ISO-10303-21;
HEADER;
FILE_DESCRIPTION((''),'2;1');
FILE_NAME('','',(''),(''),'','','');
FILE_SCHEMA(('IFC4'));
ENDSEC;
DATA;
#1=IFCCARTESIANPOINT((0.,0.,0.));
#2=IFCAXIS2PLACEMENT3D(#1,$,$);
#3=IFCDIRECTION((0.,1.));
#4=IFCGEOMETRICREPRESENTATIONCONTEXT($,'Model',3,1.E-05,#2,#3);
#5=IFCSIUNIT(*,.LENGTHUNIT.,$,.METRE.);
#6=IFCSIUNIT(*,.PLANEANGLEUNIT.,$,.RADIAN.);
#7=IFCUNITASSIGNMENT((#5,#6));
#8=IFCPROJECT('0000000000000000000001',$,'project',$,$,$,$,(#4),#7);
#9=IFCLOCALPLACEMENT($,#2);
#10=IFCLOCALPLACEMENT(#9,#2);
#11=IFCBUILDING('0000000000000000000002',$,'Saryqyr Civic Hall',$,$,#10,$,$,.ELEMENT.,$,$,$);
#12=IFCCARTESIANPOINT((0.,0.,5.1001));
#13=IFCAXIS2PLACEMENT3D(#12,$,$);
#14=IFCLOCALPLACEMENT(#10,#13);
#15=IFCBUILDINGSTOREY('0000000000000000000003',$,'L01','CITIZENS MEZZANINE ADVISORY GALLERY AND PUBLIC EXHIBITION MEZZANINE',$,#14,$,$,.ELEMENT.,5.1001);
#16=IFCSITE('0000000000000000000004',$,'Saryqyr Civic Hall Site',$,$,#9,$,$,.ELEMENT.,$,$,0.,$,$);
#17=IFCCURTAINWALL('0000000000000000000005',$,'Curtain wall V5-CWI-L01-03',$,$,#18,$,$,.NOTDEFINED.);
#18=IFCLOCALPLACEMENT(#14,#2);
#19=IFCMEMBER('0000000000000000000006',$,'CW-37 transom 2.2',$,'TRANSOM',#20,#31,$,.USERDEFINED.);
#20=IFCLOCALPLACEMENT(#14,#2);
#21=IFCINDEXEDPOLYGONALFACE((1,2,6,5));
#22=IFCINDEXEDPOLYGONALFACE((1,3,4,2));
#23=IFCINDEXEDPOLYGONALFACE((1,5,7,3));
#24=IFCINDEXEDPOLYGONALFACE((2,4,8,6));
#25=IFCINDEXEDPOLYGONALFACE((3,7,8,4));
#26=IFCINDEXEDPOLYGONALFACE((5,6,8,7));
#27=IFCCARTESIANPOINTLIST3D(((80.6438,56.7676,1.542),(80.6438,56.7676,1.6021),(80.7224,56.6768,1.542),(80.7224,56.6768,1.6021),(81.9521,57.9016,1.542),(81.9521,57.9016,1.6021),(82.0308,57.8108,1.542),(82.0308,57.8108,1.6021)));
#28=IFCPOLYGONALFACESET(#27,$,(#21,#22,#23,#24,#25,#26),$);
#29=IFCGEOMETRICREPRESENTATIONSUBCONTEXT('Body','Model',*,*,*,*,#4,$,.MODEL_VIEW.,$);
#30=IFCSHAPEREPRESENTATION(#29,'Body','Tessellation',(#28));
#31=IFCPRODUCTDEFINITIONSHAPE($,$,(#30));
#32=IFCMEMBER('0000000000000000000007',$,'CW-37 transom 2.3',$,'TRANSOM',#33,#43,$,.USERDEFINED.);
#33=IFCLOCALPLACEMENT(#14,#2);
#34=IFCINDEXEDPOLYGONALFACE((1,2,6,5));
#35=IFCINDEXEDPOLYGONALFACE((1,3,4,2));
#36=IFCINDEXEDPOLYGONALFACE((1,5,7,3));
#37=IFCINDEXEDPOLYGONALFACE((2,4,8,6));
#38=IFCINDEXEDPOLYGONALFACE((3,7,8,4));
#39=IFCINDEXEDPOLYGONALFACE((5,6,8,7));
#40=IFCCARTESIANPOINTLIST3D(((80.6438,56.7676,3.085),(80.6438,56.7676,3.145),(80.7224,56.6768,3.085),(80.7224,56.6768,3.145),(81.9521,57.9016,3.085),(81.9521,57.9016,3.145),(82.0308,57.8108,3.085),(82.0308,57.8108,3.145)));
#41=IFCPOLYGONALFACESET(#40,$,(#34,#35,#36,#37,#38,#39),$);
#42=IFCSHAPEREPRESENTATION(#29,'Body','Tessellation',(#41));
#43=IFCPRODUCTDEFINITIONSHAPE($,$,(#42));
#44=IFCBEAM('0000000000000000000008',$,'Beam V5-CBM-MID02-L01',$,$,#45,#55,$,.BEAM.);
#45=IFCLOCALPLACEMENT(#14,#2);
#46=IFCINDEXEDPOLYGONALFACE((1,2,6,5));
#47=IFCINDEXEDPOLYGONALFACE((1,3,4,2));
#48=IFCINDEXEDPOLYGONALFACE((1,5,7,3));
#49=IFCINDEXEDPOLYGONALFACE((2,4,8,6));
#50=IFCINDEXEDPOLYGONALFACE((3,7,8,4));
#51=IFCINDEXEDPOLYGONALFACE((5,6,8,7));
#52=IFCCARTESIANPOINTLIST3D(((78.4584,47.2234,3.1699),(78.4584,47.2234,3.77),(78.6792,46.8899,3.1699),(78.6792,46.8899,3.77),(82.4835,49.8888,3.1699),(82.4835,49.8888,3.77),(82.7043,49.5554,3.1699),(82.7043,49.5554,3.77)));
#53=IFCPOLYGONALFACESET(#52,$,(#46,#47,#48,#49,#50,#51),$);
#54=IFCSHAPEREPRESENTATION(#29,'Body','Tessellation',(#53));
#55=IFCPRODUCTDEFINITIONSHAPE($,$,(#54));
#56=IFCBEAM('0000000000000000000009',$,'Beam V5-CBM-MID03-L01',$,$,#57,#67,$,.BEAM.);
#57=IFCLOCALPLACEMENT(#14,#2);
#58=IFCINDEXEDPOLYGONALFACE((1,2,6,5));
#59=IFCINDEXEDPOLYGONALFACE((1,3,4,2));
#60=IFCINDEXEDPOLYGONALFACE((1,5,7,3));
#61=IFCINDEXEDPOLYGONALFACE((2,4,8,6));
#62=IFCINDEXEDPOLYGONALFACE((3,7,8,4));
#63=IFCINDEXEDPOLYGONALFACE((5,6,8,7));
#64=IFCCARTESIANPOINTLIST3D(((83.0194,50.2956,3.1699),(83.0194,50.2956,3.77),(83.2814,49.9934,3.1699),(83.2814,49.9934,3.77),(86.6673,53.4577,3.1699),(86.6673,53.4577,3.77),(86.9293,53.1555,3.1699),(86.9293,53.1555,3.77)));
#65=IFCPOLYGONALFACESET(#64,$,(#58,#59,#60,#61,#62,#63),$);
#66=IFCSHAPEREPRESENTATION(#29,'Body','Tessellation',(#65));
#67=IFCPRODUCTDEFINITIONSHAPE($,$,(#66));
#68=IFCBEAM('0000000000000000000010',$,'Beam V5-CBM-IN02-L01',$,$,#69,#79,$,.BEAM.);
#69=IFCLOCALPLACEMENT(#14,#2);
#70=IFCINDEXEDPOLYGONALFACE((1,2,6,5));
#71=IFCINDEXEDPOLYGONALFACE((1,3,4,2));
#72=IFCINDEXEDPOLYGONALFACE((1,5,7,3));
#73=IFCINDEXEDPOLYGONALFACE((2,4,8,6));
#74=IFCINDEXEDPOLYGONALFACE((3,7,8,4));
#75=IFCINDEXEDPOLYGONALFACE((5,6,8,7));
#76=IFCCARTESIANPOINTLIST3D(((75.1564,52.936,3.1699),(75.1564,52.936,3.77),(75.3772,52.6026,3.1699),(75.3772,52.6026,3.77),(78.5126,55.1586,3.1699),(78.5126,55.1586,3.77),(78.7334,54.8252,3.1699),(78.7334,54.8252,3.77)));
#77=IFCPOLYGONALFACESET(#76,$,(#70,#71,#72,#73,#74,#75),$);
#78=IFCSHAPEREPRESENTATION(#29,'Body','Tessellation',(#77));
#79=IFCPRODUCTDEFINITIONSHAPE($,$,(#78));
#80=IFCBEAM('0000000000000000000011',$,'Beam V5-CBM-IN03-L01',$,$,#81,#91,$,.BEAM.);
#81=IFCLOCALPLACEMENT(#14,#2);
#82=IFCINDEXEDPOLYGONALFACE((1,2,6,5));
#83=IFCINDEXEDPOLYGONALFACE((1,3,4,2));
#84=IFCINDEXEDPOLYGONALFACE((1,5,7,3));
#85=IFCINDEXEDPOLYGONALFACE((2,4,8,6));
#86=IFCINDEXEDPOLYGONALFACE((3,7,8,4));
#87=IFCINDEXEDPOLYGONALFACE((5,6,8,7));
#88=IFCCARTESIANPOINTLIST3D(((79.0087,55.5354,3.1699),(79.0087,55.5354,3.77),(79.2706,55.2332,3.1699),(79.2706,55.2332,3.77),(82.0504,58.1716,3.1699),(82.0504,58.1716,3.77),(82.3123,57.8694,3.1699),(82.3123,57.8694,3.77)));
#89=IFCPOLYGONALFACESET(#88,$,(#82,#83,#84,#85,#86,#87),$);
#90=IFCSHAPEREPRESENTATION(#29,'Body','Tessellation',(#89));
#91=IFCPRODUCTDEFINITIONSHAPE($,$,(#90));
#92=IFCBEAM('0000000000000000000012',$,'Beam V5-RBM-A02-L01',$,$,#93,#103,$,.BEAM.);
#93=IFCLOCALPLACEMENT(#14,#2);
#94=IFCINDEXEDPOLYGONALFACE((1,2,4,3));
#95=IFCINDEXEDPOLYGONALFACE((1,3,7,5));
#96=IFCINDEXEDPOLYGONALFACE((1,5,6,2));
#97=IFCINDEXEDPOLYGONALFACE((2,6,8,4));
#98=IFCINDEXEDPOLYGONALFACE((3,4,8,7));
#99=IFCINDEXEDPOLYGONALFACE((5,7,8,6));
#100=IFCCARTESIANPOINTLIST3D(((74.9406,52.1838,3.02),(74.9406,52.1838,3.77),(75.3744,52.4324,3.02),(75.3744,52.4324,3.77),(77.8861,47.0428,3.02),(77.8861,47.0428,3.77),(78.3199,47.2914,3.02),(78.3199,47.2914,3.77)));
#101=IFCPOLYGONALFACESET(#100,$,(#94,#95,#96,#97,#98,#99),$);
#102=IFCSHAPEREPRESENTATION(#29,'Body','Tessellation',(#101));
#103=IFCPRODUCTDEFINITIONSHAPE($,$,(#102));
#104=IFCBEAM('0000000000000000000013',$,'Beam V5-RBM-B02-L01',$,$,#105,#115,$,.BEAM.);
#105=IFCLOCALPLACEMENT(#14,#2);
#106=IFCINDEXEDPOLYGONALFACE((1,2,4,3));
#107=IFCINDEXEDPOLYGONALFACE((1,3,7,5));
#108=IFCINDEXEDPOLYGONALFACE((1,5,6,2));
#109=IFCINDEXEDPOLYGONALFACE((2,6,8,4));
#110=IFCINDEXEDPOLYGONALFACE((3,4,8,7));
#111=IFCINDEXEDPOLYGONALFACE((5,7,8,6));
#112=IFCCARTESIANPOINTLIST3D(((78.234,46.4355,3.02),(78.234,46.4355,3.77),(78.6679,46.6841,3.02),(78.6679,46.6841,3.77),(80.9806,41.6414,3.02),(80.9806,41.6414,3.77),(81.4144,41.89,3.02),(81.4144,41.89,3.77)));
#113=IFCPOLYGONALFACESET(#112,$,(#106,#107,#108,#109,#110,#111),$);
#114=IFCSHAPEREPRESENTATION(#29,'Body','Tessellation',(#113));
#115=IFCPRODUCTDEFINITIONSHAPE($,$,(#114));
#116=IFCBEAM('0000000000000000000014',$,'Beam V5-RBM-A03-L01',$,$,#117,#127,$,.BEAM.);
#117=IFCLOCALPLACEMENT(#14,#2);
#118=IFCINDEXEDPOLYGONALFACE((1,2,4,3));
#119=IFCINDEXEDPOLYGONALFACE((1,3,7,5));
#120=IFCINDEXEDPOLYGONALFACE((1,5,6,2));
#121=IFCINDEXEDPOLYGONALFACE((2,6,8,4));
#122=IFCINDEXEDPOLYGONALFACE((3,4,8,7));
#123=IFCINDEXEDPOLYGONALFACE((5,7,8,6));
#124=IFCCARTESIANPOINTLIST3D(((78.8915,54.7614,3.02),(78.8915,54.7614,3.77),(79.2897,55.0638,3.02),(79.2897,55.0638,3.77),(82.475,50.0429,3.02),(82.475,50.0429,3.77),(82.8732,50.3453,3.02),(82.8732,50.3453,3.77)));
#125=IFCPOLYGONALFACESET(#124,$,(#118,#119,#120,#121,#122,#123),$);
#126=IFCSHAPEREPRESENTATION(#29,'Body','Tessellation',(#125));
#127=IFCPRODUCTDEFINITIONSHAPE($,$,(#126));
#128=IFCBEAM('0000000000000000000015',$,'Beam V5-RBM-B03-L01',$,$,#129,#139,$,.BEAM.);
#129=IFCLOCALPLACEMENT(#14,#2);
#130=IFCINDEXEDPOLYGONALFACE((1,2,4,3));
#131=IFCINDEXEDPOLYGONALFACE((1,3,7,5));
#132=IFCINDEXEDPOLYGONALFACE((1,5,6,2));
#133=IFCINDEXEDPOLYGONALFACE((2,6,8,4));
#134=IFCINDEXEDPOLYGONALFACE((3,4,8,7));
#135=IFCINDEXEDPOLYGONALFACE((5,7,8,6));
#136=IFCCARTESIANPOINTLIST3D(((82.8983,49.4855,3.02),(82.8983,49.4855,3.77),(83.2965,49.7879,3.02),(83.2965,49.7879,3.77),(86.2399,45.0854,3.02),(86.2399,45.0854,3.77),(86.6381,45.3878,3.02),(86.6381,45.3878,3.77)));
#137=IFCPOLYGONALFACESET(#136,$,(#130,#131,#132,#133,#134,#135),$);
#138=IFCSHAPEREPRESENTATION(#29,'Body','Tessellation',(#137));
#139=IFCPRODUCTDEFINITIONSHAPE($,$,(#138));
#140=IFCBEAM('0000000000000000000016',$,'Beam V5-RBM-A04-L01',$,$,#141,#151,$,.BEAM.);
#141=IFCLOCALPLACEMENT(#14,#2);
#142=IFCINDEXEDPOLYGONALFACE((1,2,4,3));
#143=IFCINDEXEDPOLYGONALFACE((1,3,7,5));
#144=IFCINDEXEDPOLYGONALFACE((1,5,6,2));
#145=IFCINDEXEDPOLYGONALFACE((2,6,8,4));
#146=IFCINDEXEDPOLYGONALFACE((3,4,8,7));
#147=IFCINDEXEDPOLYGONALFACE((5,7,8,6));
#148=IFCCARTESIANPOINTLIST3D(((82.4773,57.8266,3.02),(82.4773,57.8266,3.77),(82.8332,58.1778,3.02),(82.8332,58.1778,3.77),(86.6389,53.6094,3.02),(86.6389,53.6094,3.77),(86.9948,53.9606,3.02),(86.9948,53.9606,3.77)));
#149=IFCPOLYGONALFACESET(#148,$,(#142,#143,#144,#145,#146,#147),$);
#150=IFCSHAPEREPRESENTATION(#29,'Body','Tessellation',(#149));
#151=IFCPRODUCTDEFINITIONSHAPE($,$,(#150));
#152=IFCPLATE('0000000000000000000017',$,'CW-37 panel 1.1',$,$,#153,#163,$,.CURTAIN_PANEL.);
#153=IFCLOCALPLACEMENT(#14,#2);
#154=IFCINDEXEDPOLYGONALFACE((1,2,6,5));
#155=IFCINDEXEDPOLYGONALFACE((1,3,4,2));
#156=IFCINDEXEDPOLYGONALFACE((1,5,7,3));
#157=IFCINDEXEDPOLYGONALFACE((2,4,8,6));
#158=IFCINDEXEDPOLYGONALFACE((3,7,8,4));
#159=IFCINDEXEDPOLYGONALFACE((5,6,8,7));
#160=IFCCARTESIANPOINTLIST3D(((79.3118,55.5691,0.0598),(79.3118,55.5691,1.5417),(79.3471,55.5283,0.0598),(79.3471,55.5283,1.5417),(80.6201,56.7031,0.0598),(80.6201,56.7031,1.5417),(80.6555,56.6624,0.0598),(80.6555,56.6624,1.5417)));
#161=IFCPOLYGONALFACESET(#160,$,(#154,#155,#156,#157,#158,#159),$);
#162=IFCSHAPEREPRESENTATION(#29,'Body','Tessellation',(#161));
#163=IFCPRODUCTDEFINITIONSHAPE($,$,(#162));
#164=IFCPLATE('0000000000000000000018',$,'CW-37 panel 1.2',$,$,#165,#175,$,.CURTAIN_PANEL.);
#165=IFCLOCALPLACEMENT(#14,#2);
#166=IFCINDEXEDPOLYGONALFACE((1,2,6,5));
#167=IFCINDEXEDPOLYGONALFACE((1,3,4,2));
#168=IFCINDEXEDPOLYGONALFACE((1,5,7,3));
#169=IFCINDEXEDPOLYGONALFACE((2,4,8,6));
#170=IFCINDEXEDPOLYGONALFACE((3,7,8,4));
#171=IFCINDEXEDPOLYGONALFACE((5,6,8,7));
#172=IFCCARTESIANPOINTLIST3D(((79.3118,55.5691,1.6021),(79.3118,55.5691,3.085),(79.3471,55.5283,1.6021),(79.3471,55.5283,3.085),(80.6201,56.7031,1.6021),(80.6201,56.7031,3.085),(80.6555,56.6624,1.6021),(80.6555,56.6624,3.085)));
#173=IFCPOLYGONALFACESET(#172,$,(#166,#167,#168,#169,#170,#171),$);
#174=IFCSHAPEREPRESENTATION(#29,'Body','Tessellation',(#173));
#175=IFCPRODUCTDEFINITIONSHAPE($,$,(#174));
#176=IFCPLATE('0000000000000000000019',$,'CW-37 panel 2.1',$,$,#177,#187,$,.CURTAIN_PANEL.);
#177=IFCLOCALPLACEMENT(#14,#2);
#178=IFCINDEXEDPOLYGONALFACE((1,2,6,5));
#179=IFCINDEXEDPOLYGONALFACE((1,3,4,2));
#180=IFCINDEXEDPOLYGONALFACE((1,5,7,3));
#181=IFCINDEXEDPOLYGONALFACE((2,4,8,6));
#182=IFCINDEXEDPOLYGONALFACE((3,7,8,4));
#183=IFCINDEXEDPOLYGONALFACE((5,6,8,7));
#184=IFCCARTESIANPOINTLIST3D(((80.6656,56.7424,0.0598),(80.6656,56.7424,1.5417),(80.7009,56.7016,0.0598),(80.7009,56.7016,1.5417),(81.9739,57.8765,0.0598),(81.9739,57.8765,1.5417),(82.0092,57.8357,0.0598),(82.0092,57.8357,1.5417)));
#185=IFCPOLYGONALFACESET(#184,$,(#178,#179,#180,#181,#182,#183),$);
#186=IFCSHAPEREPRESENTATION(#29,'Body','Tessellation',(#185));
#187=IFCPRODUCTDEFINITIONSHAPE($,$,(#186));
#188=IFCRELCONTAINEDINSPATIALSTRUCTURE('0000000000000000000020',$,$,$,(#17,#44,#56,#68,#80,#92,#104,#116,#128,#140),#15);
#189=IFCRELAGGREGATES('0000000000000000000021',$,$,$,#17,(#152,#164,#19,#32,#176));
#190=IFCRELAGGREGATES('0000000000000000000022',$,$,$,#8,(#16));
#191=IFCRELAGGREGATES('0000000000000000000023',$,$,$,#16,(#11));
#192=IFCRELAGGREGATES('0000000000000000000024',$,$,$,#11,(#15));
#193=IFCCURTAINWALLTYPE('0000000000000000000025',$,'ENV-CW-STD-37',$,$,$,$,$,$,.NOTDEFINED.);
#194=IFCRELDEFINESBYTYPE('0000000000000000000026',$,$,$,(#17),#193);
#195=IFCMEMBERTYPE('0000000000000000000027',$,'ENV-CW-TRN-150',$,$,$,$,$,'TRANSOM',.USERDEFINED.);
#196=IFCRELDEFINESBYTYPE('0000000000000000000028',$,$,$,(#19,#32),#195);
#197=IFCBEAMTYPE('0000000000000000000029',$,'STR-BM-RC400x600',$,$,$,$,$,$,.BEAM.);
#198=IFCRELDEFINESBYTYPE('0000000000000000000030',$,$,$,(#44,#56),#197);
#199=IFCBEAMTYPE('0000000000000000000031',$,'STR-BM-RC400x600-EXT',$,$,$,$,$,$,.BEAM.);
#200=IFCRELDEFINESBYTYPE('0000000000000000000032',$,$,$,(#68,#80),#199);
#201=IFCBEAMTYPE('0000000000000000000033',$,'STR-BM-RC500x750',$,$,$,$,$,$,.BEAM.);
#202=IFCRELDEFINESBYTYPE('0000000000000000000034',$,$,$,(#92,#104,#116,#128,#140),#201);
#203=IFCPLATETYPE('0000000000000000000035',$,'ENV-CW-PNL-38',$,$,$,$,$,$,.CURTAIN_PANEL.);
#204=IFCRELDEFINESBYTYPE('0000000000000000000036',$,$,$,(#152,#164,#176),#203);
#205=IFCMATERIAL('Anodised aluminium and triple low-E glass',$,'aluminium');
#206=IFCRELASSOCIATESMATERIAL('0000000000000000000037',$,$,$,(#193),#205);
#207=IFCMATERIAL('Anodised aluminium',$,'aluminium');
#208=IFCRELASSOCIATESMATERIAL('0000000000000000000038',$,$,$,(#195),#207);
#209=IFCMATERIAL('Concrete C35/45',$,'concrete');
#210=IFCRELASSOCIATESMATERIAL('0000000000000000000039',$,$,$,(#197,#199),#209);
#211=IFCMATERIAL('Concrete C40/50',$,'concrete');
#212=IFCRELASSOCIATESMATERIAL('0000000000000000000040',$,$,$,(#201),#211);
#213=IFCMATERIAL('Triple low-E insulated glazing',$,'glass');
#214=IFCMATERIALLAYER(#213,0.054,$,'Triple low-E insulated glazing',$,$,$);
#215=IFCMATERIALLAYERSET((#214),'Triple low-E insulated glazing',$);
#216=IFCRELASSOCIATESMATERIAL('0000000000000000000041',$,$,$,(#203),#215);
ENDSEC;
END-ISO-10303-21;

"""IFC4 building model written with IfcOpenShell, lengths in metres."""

from ifc_helpers import new_model, si_unit, direction, frame, origin, origin_2d, place, context, subcontext, project, spatial, rectangle, extrude, material, layer, layer_set, material_profile, profile_set, type_object, element, aggregate, save


model = new_model("IFC4")

# Units and contexts
model_context = context("Model", 3, precision=1e-05, world=origin(), true_north=direction((0.0, 1.0)))
body_context = subcontext(model_context, "Body", "Model", "MODEL_VIEW")
ifc_project = project(units=[si_unit("LENGTHUNIT", "METRE"), si_unit("PLANEANGLEUNIT", "RADIAN")], contexts=[model_context])

# Site, building, storey
site_placement = place(None, origin())
site = spatial("IfcSite", under=ifc_project, at=site_placement, Name="Saryqyr Civic Hall Site", CompositionType="ELEMENT", RefElevation=0.0)
building_placement = place(site_placement, origin())
building = spatial("IfcBuilding", under=site, at=building_placement, Name="Saryqyr Civic Hall", CompositionType="ELEMENT")
storey_placement = place(building_placement, frame((0.0, 0.0, 5.1001)))
storey = spatial("IfcBuildingStorey", under=building, at=storey_placement, Name="L01", Description="CITIZENS MEZZANINE ADVISORY GALLERY AND PUBLIC EXHIBITION MEZZANINE", CompositionType="ELEMENT", Elevation=5.1001)

# Shared definitions
ifc_material_1 = material(Name="Concrete C40/50", Category="concrete")

# Shared definitions
ifc_material_2 = material(Name="Anodised aluminium and triple low-E glass", Category="aluminium")
ifc_material_3 = material(Name="Anodised aluminium", Category="aluminium")

# Curtain wall, members
curtain_wall_type_1 = type_object("IfcCurtainWallType", Name="ENV-CW-STD-37", PredefinedType="NOTDEFINED", material=ifc_material_2)
curtain_wall_1_placement = place(storey_placement, origin())
curtain_wall_1 = element("IfcCurtainWall", 1, at=curtain_wall_1_placement, inside=storey, type_object=curtain_wall_type_1, Name="Curtain wall V5-CWI-L01-03", PredefinedType="NOTDEFINED")
ifc_material_profile_1 = material_profile(ifc_material_3, rectangle(XDim=0.1201, YDim=0.0601, at=origin_2d()), Name="ALU TRANSOM 120x60")
ifc_profile_set_1 = profile_set([ifc_material_profile_1], Name="Anodised aluminium")
member_type_1 = type_object("IfcMemberType", Name="ENV-CW-TRN-150", ElementType="TRANSOM", PredefinedType="USERDEFINED", material=ifc_profile_set_1)
member_1_placement = place(storey_placement, frame((80.6831, 56.7222, 1.572), z_axis=(0.755652, 0.654973, 0.0), x_axis=(-0.654973, 0.755652, 0.0)))
member_1 = element("IfcMember", 2, at=member_1_placement, type_object=member_type_1, Name="CW-37 transom 2.2", ObjectType="TRANSOM", PredefinedType="USERDEFINED", context=body_context, shape_type="SweptSolid", body=[
    extrude(rectangle(XDim=0.1201, YDim=0.0601, at=origin_2d()), origin(), (0.0, 0.0, 1.0), 1.7314),
])
member_2_placement = place(storey_placement, frame((80.6831, 56.7222, 3.115), z_axis=(0.755652, 0.654973, 0.0), x_axis=(-0.654973, 0.755652, 0.0)))
member_2 = element("IfcMember", 3, at=member_2_placement, type_object=member_type_1, Name="CW-37 transom 2.3", ObjectType="TRANSOM", PredefinedType="USERDEFINED", context=body_context, shape_type="SweptSolid", body=[
    extrude(rectangle(XDim=0.1201, YDim=0.0601, at=origin_2d()), origin(), (0.0, 0.0, 1.0), 1.7314),
])

# Beams
ifc_material_4 = material(Name="Concrete C35/45", Category="concrete")
ifc_material_profile_2 = material_profile(ifc_material_4, rectangle(XDim=0.3999, YDim=0.6001, at=origin_2d()), Name="RC 400x600")
ifc_profile_set_2 = profile_set([ifc_material_profile_2], Name="Concrete C35/45")
beam_type_1 = type_object("IfcBeamType", Name="STR-BM-RC400x600", PredefinedType="BEAM", material=ifc_profile_set_2)
for number, where, z_axis, x_axis, name in (
    (4, (78.5688, 47.0566, 3.47), (0.833758, 0.55213, 0.0), (-0.55213, 0.833758, 0.0), "Beam V5-CBM-MID02-L01"),
    (5, (83.1504, 50.1445, 3.47), (0.755632, 0.654996, 0.0), (-0.654996, 0.755632, 0.0), "Beam V5-CBM-MID03-L01"),
):
    element("IfcBeam", number, at=place(storey_placement, frame(where, z_axis=z_axis, x_axis=x_axis)), inside=storey, type_object=beam_type_1, Name=name, PredefinedType="BEAM", context=body_context, shape_type="SweptSolid", body=[
        extrude(rectangle(XDim=0.3999, YDim=0.6001, at=origin_2d()), origin(), (0.0, 0.0, 1.0), 4.8276),
    ])
ifc_material_profile_3 = material_profile(ifc_material_4, rectangle(XDim=0.3999, YDim=0.6001, at=origin_2d()), Name="RC 400x600")
ifc_profile_set_3 = profile_set([ifc_material_profile_3], Name="Concrete C35/45")
beam_type_2 = type_object("IfcBeamType", Name="STR-BM-RC400x600-EXT", PredefinedType="BEAM", material=ifc_profile_set_3)
beam_1_placement = place(storey_placement, frame((75.2668, 52.7693, 3.47), z_axis=(0.833745, 0.55215, 0.0), x_axis=(-0.55215, 0.833745, 0.0)))
element("IfcBeam", 6, at=beam_1_placement, inside=storey, type_object=beam_type_2, Name="Beam V5-CBM-IN02-L01", PredefinedType="BEAM", context=body_context, shape_type="SweptSolid", body=[
    extrude(rectangle(XDim=0.3999, YDim=0.6001, at=origin_2d()), origin(), (0.0, 0.0, 1.0), 4.0254),
])
beam_2_placement = place(storey_placement, frame((79.1396, 55.3843, 3.47), z_axis=(0.755683, 0.654937, 0.0), x_axis=(-0.654937, 0.755683, 0.0)))
element("IfcBeam", 7, at=beam_2_placement, inside=storey, type_object=beam_type_2, Name="Beam V5-CBM-IN03-L01", PredefinedType="BEAM", context=body_context, shape_type="SweptSolid", body=[
    extrude(rectangle(XDim=0.3999, YDim=0.6001, at=origin_2d()), origin(), (0.0, 0.0, 1.0), 4.0251),
])
ifc_material_profile_4 = material_profile(ifc_material_1, rectangle(XDim=0.5, YDim=0.75, at=origin_2d()), Name="RC 500x750")
ifc_profile_set_4 = profile_set([ifc_material_profile_4], Name="Concrete C40/50")
beam_type_3 = type_object("IfcBeamType", Name="STR-BM-RC500x750", PredefinedType="BEAM", material=ifc_profile_set_4)
beam_3_placement = place(storey_placement, frame((75.1575, 52.3081, 3.395), z_axis=(0.497128, -0.867677, 0.0), x_axis=(0.867677, 0.497128, 0.0)))
element("IfcBeam", 8, at=beam_3_placement, inside=storey, type_object=beam_type_3, Name="Beam V5-RBM-A02-L01", PredefinedType="BEAM", context=body_context, shape_type="SweptSolid", body=[
    extrude(rectangle(XDim=0.5, YDim=0.75, at=origin_2d()), origin(), (0.0, 0.0, 1.0), 5.925),
])
beam_4_placement = place(storey_placement, frame((78.4509, 46.5598, 3.395), z_axis=(0.4971, -0.867693, 0.0), x_axis=(0.867693, 0.4971, 0.0)))
element("IfcBeam", 9, at=beam_4_placement, inside=storey, type_object=beam_type_3, Name="Beam V5-RBM-B02-L01", PredefinedType="BEAM", context=body_context, shape_type="SweptSolid", body=[
    extrude(rectangle(XDim=0.5, YDim=0.75, at=origin_2d()), origin(), (0.0, 0.0, 1.0), 5.5251),
])
beam_5_placement = place(storey_placement, frame((79.0906, 54.9126, 3.395), z_axis=(0.604808, -0.796371, 0.0), x_axis=(0.796371, 0.604808, 0.0)))
element("IfcBeam", 10, at=beam_5_placement, inside=storey, type_object=beam_type_3, Name="Beam V5-RBM-A03-L01", PredefinedType="BEAM", context=body_context, shape_type="SweptSolid", body=[
    extrude(rectangle(XDim=0.5, YDim=0.75, at=origin_2d()), origin(), (0.0, 0.0, 1.0), 5.925),
])
beam_6_placement = place(storey_placement, frame((83.0974, 49.6367, 3.395), z_axis=(0.60479, -0.796385, 0.0), x_axis=(0.796385, 0.60479, 0.0)))
element("IfcBeam", 11, at=beam_6_placement, inside=storey, type_object=beam_type_3, Name="Beam V5-RBM-B03-L01", PredefinedType="BEAM", context=body_context, shape_type="SweptSolid", body=[
    extrude(rectangle(XDim=0.5, YDim=0.75, at=origin_2d()), origin(), (0.0, 0.0, 1.0), 5.5251),
])
beam_7_placement = place(storey_placement, frame((82.6553, 58.0022, 3.395), z_axis=(0.702394, -0.711789, 0.0), x_axis=(0.711789, 0.702394, 0.0)))
element("IfcBeam", 12, at=beam_7_placement, inside=storey, type_object=beam_type_3, Name="Beam V5-RBM-A04-L01", PredefinedType="BEAM", context=body_context, shape_type="SweptSolid", body=[
    extrude(rectangle(XDim=0.5, YDim=0.75, at=origin_2d()), origin(), (0.0, 0.0, 1.0), 5.9248),
])

# Plates
ifc_material_5 = material(Name="Triple low-E insulated glazing", Category="glass")
ifc_layer_1 = layer(ifc_material_5, 0.054, Name="Triple low-E insulated glazing")
ifc_layer_set_1 = layer_set([ifc_layer_1], Name="Triple low-E insulated glazing")
plate_type = type_object("IfcPlateType", Name="ENV-CW-PNL-38", PredefinedType="CURTAIN_PANEL", material=ifc_layer_set_1)
plate_1_placement = place(storey_placement, frame((79.9836, 56.1157, 0.0598), z_axis=(0.0, 0.0, 1.0), x_axis=(0.755641, 0.654986, 0.0)))
plate_1 = element("IfcPlate", 13, at=plate_1_placement, type_object=plate_type, Name="CW-37 panel 1.1", PredefinedType="CURTAIN_PANEL", context=body_context, shape_type="SweptSolid", body=[
    extrude(rectangle(XDim=1.7314, YDim=0.054, at=origin_2d()), origin(), (0.0, 0.0, 1.0), 1.4819),
])
plate_2_placement = place(storey_placement, frame((79.9836, 56.1157, 1.6021), z_axis=(0.0, 0.0, 1.0), x_axis=(0.755641, 0.654986, 0.0)))
plate_2 = element("IfcPlate", 14, at=plate_2_placement, type_object=plate_type, Name="CW-37 panel 1.2", PredefinedType="CURTAIN_PANEL", context=body_context, shape_type="SweptSolid", body=[
    extrude(rectangle(XDim=1.7314, YDim=0.054, at=origin_2d()), origin(), (0.0, 0.0, 1.0), 1.4829),
])
plate_3_placement = place(storey_placement, frame((81.3374, 57.2891, 0.0598), z_axis=(0.0, 0.0, 1.0), x_axis=(0.755641, 0.654986, 0.0)))
plate_3 = element("IfcPlate", 15, at=plate_3_placement, type_object=plate_type, Name="CW-37 panel 2.1", PredefinedType="CURTAIN_PANEL", context=body_context, shape_type="SweptSolid", body=[
    extrude(rectangle(XDim=1.7314, YDim=0.054, at=origin_2d()), origin(), (0.0, 0.0, 1.0), 1.4819),
])
aggregate(curtain_wall_1, [plate_1, plate_2, member_1, member_2, plate_3])

save(model, "model.ifc")
